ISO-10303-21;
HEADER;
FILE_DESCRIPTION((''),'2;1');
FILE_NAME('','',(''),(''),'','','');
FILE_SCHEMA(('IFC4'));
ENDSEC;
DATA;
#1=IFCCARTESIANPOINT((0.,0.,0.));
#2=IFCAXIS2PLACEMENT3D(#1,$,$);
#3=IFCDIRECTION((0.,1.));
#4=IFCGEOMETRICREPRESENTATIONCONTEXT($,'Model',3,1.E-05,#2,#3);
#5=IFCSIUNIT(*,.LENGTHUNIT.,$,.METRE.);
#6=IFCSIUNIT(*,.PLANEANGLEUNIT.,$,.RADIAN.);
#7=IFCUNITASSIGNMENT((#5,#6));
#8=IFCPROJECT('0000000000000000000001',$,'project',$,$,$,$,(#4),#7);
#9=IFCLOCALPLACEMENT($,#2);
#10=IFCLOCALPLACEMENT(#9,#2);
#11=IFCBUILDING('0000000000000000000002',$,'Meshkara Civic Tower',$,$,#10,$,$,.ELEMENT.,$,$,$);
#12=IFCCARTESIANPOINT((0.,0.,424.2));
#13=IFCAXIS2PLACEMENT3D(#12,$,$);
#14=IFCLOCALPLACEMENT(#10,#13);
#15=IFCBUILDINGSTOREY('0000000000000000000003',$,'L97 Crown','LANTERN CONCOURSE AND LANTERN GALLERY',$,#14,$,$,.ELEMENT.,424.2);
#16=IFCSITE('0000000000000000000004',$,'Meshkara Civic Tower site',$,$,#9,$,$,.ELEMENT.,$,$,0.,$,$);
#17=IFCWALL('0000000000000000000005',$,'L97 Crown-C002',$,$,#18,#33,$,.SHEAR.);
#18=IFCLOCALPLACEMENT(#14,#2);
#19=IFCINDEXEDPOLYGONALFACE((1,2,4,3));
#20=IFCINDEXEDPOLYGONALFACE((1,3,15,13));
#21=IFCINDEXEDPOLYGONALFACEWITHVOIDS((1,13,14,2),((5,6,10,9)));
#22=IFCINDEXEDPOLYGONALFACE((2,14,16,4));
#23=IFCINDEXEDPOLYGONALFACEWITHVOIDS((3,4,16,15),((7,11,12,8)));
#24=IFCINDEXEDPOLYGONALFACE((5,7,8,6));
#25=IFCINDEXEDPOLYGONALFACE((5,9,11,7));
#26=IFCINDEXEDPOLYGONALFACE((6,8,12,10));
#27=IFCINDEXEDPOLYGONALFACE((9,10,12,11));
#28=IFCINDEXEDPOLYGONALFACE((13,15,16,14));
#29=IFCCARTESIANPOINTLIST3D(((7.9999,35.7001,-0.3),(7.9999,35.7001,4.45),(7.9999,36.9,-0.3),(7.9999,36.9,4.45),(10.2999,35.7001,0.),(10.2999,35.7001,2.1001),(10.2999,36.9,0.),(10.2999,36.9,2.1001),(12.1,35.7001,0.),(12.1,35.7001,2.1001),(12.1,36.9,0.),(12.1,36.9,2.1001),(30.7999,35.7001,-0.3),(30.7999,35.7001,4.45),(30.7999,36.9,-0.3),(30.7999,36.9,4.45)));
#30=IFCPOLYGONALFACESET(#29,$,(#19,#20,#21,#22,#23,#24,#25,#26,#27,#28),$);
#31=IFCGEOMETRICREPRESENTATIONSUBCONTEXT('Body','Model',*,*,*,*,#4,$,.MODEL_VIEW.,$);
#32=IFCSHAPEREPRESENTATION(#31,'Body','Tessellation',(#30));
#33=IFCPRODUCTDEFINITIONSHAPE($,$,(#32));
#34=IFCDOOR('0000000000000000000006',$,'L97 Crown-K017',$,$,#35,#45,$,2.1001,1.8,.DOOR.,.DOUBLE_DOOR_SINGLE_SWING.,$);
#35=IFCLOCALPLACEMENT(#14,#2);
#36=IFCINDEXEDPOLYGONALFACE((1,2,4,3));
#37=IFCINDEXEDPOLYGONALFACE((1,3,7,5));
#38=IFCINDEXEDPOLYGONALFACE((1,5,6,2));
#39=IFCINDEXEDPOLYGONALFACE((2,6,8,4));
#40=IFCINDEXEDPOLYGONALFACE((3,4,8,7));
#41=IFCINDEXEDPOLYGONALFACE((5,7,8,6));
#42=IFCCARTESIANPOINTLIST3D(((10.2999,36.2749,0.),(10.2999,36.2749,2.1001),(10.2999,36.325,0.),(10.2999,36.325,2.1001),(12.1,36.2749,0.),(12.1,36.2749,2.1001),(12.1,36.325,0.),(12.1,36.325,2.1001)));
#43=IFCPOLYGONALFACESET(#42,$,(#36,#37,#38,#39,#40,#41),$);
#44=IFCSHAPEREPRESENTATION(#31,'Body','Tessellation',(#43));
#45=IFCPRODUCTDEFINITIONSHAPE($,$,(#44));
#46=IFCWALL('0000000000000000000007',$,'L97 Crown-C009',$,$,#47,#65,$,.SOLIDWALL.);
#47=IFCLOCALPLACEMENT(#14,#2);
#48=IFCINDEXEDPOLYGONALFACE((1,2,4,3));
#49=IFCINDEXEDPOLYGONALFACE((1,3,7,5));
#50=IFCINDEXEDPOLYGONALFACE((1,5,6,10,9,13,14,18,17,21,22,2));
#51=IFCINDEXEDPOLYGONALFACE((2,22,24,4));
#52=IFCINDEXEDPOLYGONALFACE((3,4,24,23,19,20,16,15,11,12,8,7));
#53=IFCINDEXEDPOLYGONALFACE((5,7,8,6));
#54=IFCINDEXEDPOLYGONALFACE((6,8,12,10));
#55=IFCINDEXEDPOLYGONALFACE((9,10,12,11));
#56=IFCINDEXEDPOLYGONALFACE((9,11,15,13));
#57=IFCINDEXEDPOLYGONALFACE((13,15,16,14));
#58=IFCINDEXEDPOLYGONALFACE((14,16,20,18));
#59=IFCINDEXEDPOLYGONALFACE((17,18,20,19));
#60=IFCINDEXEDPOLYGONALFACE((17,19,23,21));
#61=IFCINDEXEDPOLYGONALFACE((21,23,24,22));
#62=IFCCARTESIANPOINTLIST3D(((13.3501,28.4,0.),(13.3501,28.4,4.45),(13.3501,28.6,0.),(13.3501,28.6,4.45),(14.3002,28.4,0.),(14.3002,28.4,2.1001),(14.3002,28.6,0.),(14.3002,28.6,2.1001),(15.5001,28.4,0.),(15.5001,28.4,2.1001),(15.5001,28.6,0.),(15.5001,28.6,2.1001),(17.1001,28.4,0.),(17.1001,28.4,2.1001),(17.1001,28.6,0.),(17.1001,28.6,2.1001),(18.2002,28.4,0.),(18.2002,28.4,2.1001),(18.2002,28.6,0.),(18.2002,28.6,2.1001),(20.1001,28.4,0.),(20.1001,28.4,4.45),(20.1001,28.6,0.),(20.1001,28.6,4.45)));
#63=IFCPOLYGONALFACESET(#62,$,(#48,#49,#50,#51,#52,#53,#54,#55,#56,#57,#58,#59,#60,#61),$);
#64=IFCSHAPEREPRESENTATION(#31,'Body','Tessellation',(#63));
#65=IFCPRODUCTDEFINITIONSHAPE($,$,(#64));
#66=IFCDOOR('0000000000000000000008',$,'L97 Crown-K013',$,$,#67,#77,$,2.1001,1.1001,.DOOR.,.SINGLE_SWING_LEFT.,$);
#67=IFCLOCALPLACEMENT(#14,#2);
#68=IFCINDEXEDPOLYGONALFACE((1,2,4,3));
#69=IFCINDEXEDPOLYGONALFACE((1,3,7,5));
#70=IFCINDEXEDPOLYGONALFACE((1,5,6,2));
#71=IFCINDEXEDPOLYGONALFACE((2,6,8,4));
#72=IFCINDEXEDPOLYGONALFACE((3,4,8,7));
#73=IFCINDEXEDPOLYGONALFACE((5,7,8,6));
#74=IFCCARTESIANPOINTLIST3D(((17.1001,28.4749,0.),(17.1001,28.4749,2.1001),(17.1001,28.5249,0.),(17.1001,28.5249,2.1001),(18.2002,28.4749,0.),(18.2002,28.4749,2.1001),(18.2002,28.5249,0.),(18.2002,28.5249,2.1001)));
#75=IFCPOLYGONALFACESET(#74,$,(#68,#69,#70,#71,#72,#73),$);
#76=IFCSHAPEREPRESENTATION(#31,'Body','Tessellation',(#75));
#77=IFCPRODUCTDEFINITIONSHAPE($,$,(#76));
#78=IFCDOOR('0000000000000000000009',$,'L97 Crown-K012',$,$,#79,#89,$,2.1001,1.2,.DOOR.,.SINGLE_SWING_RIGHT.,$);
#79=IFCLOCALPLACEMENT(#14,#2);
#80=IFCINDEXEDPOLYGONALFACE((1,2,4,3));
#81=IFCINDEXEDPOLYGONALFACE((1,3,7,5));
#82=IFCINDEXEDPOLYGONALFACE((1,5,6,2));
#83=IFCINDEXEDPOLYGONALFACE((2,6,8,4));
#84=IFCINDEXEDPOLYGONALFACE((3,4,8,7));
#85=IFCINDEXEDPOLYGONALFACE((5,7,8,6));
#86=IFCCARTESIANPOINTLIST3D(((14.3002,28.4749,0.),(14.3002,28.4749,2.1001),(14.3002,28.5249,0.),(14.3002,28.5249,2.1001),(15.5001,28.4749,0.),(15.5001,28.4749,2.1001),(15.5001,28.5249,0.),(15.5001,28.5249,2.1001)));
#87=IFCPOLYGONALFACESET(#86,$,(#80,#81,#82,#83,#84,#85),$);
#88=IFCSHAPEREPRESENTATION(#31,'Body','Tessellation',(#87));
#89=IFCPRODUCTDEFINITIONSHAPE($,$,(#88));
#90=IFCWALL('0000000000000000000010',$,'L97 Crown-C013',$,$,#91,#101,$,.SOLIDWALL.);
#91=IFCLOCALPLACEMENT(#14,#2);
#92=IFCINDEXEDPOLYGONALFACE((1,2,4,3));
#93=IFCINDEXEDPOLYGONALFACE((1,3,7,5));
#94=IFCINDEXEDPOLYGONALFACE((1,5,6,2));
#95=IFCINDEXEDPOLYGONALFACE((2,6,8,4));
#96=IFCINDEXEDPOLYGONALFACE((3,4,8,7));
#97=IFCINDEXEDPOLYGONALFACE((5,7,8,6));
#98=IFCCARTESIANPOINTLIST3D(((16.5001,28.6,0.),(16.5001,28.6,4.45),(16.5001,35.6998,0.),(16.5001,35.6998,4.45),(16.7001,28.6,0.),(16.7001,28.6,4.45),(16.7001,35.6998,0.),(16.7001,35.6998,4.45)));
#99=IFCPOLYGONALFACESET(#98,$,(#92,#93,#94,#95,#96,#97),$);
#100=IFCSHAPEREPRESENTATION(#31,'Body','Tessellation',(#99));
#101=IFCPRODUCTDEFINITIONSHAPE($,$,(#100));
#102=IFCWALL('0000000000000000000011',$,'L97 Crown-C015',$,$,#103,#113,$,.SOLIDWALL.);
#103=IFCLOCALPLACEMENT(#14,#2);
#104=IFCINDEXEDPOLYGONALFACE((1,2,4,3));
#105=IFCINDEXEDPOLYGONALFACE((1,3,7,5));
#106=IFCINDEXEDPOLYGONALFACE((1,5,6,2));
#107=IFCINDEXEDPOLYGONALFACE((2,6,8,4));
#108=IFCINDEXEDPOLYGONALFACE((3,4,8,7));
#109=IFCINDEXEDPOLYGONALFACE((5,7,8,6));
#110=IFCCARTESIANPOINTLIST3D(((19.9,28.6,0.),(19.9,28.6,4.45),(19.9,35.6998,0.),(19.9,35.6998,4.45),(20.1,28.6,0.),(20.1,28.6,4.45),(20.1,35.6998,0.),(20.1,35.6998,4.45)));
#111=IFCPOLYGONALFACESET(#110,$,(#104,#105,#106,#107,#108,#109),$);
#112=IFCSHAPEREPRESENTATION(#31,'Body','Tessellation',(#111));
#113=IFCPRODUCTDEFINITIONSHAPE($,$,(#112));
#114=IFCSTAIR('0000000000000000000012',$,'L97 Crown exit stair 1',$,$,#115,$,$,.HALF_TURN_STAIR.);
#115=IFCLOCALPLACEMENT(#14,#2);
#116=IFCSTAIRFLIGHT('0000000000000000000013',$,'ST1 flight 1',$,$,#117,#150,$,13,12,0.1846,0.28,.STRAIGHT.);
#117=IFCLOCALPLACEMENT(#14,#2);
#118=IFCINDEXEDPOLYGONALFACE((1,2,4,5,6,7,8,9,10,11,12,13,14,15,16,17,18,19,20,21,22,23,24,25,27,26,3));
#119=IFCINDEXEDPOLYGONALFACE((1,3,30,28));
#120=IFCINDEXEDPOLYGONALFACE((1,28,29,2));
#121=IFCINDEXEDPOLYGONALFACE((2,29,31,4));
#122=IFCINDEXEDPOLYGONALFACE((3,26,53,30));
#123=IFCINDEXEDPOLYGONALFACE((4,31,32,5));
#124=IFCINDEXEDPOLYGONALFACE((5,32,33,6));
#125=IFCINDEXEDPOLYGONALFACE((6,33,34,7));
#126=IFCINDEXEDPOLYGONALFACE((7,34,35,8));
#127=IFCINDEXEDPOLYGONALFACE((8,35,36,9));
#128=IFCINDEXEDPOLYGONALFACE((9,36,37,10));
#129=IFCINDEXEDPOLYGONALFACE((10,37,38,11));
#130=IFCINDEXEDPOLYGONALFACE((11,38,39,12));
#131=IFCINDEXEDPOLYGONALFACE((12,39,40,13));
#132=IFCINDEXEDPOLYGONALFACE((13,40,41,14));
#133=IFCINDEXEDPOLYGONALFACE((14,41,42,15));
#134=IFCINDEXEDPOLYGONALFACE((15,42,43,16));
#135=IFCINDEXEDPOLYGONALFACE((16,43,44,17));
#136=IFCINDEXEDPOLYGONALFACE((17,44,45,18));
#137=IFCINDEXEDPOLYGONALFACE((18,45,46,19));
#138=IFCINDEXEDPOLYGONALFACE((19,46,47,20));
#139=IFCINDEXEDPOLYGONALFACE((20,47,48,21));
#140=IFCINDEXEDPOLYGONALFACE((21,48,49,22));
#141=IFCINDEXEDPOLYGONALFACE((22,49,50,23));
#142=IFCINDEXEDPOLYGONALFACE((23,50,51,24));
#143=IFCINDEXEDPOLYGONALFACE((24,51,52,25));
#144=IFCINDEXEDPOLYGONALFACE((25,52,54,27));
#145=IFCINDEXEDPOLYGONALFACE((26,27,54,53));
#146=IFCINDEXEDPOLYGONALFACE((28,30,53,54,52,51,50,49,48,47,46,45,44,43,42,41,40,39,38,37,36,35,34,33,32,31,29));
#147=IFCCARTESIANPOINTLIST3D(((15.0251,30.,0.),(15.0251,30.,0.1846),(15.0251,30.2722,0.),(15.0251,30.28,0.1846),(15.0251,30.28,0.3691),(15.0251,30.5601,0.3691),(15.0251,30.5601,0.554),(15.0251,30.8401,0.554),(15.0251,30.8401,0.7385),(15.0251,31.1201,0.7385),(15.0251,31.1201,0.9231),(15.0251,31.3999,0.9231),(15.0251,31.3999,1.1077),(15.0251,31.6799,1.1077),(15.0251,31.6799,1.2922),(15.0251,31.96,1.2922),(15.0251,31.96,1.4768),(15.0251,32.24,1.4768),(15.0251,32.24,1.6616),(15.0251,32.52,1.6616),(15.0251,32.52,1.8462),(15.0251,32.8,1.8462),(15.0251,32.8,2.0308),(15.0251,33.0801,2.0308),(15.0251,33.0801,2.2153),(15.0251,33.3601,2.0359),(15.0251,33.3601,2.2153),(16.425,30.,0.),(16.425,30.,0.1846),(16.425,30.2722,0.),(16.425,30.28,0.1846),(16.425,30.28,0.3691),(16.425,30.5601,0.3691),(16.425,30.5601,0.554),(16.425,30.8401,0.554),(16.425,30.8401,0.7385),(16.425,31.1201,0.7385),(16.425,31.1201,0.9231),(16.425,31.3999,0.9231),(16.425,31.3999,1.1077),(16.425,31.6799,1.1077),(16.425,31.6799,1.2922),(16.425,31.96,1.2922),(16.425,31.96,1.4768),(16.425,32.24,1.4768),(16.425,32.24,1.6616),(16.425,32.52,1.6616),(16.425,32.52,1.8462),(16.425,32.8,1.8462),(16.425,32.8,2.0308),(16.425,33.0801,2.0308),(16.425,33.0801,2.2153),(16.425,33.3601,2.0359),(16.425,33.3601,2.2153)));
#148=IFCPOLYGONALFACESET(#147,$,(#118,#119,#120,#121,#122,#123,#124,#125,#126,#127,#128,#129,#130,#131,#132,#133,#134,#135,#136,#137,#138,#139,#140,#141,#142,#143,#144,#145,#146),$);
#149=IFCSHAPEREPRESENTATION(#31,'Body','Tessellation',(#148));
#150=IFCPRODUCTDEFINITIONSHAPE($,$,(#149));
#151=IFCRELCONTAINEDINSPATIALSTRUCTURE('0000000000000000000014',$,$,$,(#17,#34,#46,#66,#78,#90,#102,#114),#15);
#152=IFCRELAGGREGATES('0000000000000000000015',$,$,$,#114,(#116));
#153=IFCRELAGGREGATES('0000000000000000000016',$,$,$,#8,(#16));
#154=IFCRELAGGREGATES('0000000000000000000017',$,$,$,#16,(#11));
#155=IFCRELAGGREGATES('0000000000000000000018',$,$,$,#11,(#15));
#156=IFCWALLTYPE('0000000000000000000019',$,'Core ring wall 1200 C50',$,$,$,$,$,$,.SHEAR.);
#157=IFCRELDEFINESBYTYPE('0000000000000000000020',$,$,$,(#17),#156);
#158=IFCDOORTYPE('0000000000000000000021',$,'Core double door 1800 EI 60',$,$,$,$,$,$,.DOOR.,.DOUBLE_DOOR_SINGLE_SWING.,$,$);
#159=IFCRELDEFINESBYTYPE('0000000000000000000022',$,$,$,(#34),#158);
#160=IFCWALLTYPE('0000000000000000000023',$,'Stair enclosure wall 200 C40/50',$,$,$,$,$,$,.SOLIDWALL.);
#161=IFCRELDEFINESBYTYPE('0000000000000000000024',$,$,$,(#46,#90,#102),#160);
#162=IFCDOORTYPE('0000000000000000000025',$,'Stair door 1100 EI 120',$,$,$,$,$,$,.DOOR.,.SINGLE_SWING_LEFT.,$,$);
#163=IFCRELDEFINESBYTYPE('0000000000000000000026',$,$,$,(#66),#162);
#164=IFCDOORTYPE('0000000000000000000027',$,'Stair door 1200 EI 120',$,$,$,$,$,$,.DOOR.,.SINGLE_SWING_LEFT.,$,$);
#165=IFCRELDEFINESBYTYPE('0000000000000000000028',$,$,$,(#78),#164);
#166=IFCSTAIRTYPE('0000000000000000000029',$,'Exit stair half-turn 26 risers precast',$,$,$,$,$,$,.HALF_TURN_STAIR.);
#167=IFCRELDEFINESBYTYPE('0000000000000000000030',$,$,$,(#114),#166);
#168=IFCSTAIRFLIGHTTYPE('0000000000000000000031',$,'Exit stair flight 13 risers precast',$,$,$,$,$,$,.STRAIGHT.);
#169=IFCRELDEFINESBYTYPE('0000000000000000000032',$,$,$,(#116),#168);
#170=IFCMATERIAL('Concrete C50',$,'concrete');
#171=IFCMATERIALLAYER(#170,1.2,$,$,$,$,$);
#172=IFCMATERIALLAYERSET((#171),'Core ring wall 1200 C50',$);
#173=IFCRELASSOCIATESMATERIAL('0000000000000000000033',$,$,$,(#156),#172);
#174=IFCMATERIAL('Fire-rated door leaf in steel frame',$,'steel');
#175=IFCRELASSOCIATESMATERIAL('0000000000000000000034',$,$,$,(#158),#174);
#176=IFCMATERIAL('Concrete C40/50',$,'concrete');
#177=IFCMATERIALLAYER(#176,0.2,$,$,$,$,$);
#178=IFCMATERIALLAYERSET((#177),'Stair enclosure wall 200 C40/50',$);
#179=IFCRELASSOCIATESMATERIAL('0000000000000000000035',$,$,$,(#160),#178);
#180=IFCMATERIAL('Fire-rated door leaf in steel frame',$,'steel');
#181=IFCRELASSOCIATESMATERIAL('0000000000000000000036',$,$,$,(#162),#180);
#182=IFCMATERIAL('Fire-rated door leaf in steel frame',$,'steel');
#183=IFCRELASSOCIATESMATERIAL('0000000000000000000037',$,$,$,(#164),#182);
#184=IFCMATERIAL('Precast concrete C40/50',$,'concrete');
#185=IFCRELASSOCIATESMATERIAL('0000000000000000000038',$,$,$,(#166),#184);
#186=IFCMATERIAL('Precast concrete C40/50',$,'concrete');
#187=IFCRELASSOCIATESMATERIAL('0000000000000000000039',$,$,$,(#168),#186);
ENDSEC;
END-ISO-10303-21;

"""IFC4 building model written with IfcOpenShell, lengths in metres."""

from ifc_helpers import new_model, si_unit, direction, frame, frame_2d, origin, place, context, subcontext, project, spatial, polyline, rectangle, outline, extrude, material, layer, layer_set, type_object, element, fill, aggregate, save


model = new_model("IFC4")

# Units and contexts
model_context = context("Model", 3, precision=1e-05, world=origin(), true_north=direction((0.0, 1.0)))
body_context = subcontext(model_context, "Body", "Model", "MODEL_VIEW")
ifc_project = project(units=[si_unit("LENGTHUNIT", "METRE"), si_unit("PLANEANGLEUNIT", "RADIAN")], contexts=[model_context])

# Site, building, storey
site_placement = place(None, origin())
site = spatial("IfcSite", under=ifc_project, at=site_placement, Name="Meshkara Civic Tower site", CompositionType="ELEMENT", RefElevation=0.0)
building_placement = place(site_placement, origin())
building = spatial("IfcBuilding", under=site, at=building_placement, Name="Meshkara Civic Tower", CompositionType="ELEMENT")
storey_placement = place(building_placement, frame((0.0, 0.0, 424.2)))
storey = spatial("IfcBuildingStorey", under=building, at=storey_placement, Name="L97 Crown", Description="LANTERN CONCOURSE AND LANTERN GALLERY", CompositionType="ELEMENT", Elevation=424.2)

# Wall, opening, door
ifc_material_1 = material(Name="Concrete C50", Category="concrete")
ifc_layer_1 = layer(ifc_material_1, 1.2)
ifc_layer_set_1 = layer_set([ifc_layer_1], Name="Core ring wall 1200 C50")
wall_type_1 = type_object("IfcWallType", Name="Core ring wall 1200 C50", PredefinedType="SHEAR", material=ifc_layer_set_1)
wall_1_placement = place(storey_placement, frame((8.0, 36.3, -0.3), z_axis=(0.0, 0.0, 1.0), x_axis=(1.0, 0.0, 0.0)))
wall_1 = element("IfcWall", 1, at=wall_1_placement, inside=storey, type_object=wall_type_1, Name="L97 Crown-C002", PredefinedType="SHEAR", context=body_context, shape_type="SweptSolid", body=[
    extrude(rectangle(XDim=22.8, YDim=1.2, at=frame_2d((11.3999, 0.0))), origin(), (0.0, 0.0, 1.0), 4.75),
])
opening_1_placement = place(wall_1_placement, frame((2.3, 0.0, 0.3)))
opening_1 = element("IfcOpeningElement", 2, at=opening_1_placement, cuts=wall_1, PredefinedType="OPENING", context=body_context, shape_type="SweptSolid", body=[
    extrude(rectangle(XDim=1.8, YDim=2.1001, at=frame_2d((0.8999, 1.05))), frame((0.0, 0.6099, 0.0), z_axis=(0.0, -1.0, 0.0), x_axis=(1.0, 0.0, 0.0)), (0.0, 0.0, 1.0), 1.22),
])
ifc_material_2 = material(Name="Fire-rated door leaf in steel frame", Category="steel")
door_type_1 = type_object("IfcDoorType", Name="Core double door 1800 EI 60", OperationType="DOUBLE_DOOR_SINGLE_SWING", PredefinedType="DOOR", material=ifc_material_2)
door_1_placement = place(opening_1_placement, origin())
door_1 = element("IfcDoor", 3, at=door_1_placement, inside=storey, type_object=door_type_1, Name="L97 Crown-K017", OperationType="DOUBLE_DOOR_SINGLE_SWING", OverallHeight=2.1001, OverallWidth=1.8, PredefinedType="DOOR", context=body_context, shape_type="SweptSolid", body=[
    extrude(rectangle(XDim=1.8, YDim=2.1001, at=frame_2d((0.8999, 1.05))), frame((0.0, 0.0249, 0.0), z_axis=(0.0, -1.0, 0.0), x_axis=(1.0, 0.0, 0.0)), (0.0, 0.0, 1.0), 0.05),
])
fill(opening_1, door_1)

# Wall, openings, doors
ifc_material_3 = material(Name="Concrete C40/50", Category="concrete")
ifc_layer_2 = layer(ifc_material_3, 0.2)
ifc_layer_set_2 = layer_set([ifc_layer_2], Name="Stair enclosure wall 200 C40/50")
wall_type_2 = type_object("IfcWallType", Name="Stair enclosure wall 200 C40/50", PredefinedType="SOLIDWALL", material=ifc_layer_set_2)
wall_2_placement = place(storey_placement, frame((13.3501, 28.5, 0.0), z_axis=(0.0, 0.0, 1.0), x_axis=(1.0, 0.0, 0.0)))
wall_2 = element("IfcWall", 4, at=wall_2_placement, inside=storey, type_object=wall_type_2, Name="L97 Crown-C009", PredefinedType="SOLIDWALL", context=body_context, shape_type="SweptSolid", body=[
    extrude(rectangle(XDim=6.75, YDim=0.2, at=frame_2d((3.375, 0.0))), origin(), (0.0, 0.0, 1.0), 4.45),
])
opening_2_placement = place(wall_2_placement, frame((0.95, 0.0, 0.0)))
opening_2 = element("IfcOpeningElement", 5, at=opening_2_placement, cuts=wall_2, PredefinedType="OPENING", context=body_context, shape_type="SweptSolid", body=[
    extrude(rectangle(XDim=1.2, YDim=2.1001, at=frame_2d((0.6001, 1.05))), frame((0.0, 0.1099, 0.0), z_axis=(0.0, -1.0, 0.0), x_axis=(1.0, 0.0, 0.0)), (0.0, 0.0, 1.0), 0.22),
])
opening_3_placement = place(wall_2_placement, frame((3.75, 0.0, 0.0)))
opening_3 = element("IfcOpeningElement", 6, at=opening_3_placement, cuts=wall_2, PredefinedType="OPENING", context=body_context, shape_type="SweptSolid", body=[
    extrude(rectangle(XDim=1.1001, YDim=2.1001, at=frame_2d((0.55, 1.05))), frame((0.0, 0.1099, 0.0), z_axis=(0.0, -1.0, 0.0), x_axis=(1.0, 0.0, 0.0)), (0.0, 0.0, 1.0), 0.22),
])
ifc_material_4 = material(Name="Fire-rated door leaf in steel frame", Category="steel")
door_type_2 = type_object("IfcDoorType", Name="Stair door 1100 EI 120", OperationType="SINGLE_SWING_LEFT", PredefinedType="DOOR", material=ifc_material_4)
door_2_placement = place(opening_3_placement, origin())
door_2 = element("IfcDoor", 7, at=door_2_placement, inside=storey, type_object=door_type_2, Name="L97 Crown-K013", OperationType="SINGLE_SWING_LEFT", OverallHeight=2.1001, OverallWidth=1.1001, PredefinedType="DOOR", context=body_context, shape_type="SweptSolid", body=[
    extrude(rectangle(XDim=1.1001, YDim=2.1001, at=frame_2d((0.55, 1.05))), frame((0.0, 0.0249, 0.0), z_axis=(0.0, -1.0, 0.0), x_axis=(1.0, 0.0, 0.0)), (0.0, 0.0, 1.0), 0.05),
])
fill(opening_3, door_2)
ifc_material_5 = material(Name="Fire-rated door leaf in steel frame", Category="steel")
door_type_3 = type_object("IfcDoorType", Name="Stair door 1200 EI 120", OperationType="SINGLE_SWING_LEFT", PredefinedType="DOOR", material=ifc_material_5)
door_3_placement = place(opening_2_placement, origin())
door_3 = element("IfcDoor", 8, at=door_3_placement, inside=storey, type_object=door_type_3, Name="L97 Crown-K012", OperationType="SINGLE_SWING_RIGHT", OverallHeight=2.1001, OverallWidth=1.2, PredefinedType="DOOR", context=body_context, shape_type="SweptSolid", body=[
    extrude(rectangle(XDim=1.2, YDim=2.1001, at=frame_2d((0.6001, 1.05))), frame((0.0, 0.0249, 0.0), z_axis=(0.0, -1.0, 0.0), x_axis=(1.0, 0.0, 0.0)), (0.0, 0.0, 1.0), 0.05),
])
fill(opening_2, door_3)

# Walls
for number, where, z_axis, x_axis, name in (
    (9, (16.6001, 28.6001, 0.0), (0.0, 0.0, 1.0), (0.0, 1.0, 0.0), "L97 Crown-C013"),
    (10, (20.0, 28.6001, 0.0), (0.0, 0.0, 1.0), (0.0, 1.0, 0.0), "L97 Crown-C015"),
):
    element("IfcWall", number, at=place(storey_placement, frame(where, z_axis=z_axis, x_axis=x_axis)), inside=storey, type_object=wall_type_2, Name=name, PredefinedType="SOLIDWALL", context=body_context, shape_type="SweptSolid", body=[
        extrude(rectangle(XDim=7.0999, YDim=0.2, at=frame_2d((3.5498, 0.0))), origin(), (0.0, 0.0, 1.0), 4.45),
    ])

# Stair, stair flight
ifc_material_6 = material(Name="Precast concrete C40/50", Category="concrete")
stair_type = type_object("IfcStairType", Name="Exit stair half-turn 26 risers precast", PredefinedType="HALF_TURN_STAIR", material=ifc_material_6)
stair_1_placement = place(storey_placement, origin())
stair_1 = element("IfcStair", 11, at=stair_1_placement, inside=storey, type_object=stair_type, Name="L97 Crown exit stair 1", PredefinedType="HALF_TURN_STAIR")
ifc_material_7 = material(Name="Precast concrete C40/50", Category="concrete")
stair_flight_type = type_object("IfcStairFlightType", Name="Exit stair flight 13 risers precast", PredefinedType="STRAIGHT", material=ifc_material_7)
stair_flight_1_placement = place(storey_placement, frame((15.7251, 30.0, 0.0), z_axis=(0.0, 0.0, 1.0), x_axis=(0.0, 1.0, 0.0)))
stair_flight_1 = element("IfcStairFlight", 12, at=stair_flight_1_placement, type_object=stair_flight_type, Name="ST1 flight 1", NumberOfRisers=13, NumberOfTreads=12, PredefinedType="STRAIGHT", RiserHeight=0.1846, TreadLength=0.28, context=body_context, shape_type="SweptSolid", body=[
    extrude(outline(polyline([(0.0, 0.0), (0.0, 0.1846), (0.28, 0.1846), (0.28, 0.3691), (0.5601, 0.3691), (0.5601, 0.554), (0.8401, 0.554), (0.8401, 0.7385), (1.1201, 0.7385), (1.1201, 0.9231), (1.3999, 0.9231), (1.3999, 1.1077), (1.6799, 1.1077), (1.6799, 1.2922), (1.96, 1.2922), (1.96, 1.4768), (2.24, 1.4768), (2.24, 1.6616), (2.52, 1.6616), (2.52, 1.8462), (2.8, 1.8462), (2.8, 2.0308), (3.0801, 2.0308), (3.0801, 2.2153), (3.3601, 2.2153), (3.3601, 2.3999), (3.3601, 2.0359), (0.2722, 0.0), (0.0, 0.0)])), frame((0.0, 0.7, 0.0), z_axis=(0.0, -1.0, 0.0), x_axis=(1.0, 0.0, 0.0)), (0.0, 0.0, 1.0), 1.3999),
])
aggregate(stair_1, [stair_flight_1])

save(model, "model.ifc")
